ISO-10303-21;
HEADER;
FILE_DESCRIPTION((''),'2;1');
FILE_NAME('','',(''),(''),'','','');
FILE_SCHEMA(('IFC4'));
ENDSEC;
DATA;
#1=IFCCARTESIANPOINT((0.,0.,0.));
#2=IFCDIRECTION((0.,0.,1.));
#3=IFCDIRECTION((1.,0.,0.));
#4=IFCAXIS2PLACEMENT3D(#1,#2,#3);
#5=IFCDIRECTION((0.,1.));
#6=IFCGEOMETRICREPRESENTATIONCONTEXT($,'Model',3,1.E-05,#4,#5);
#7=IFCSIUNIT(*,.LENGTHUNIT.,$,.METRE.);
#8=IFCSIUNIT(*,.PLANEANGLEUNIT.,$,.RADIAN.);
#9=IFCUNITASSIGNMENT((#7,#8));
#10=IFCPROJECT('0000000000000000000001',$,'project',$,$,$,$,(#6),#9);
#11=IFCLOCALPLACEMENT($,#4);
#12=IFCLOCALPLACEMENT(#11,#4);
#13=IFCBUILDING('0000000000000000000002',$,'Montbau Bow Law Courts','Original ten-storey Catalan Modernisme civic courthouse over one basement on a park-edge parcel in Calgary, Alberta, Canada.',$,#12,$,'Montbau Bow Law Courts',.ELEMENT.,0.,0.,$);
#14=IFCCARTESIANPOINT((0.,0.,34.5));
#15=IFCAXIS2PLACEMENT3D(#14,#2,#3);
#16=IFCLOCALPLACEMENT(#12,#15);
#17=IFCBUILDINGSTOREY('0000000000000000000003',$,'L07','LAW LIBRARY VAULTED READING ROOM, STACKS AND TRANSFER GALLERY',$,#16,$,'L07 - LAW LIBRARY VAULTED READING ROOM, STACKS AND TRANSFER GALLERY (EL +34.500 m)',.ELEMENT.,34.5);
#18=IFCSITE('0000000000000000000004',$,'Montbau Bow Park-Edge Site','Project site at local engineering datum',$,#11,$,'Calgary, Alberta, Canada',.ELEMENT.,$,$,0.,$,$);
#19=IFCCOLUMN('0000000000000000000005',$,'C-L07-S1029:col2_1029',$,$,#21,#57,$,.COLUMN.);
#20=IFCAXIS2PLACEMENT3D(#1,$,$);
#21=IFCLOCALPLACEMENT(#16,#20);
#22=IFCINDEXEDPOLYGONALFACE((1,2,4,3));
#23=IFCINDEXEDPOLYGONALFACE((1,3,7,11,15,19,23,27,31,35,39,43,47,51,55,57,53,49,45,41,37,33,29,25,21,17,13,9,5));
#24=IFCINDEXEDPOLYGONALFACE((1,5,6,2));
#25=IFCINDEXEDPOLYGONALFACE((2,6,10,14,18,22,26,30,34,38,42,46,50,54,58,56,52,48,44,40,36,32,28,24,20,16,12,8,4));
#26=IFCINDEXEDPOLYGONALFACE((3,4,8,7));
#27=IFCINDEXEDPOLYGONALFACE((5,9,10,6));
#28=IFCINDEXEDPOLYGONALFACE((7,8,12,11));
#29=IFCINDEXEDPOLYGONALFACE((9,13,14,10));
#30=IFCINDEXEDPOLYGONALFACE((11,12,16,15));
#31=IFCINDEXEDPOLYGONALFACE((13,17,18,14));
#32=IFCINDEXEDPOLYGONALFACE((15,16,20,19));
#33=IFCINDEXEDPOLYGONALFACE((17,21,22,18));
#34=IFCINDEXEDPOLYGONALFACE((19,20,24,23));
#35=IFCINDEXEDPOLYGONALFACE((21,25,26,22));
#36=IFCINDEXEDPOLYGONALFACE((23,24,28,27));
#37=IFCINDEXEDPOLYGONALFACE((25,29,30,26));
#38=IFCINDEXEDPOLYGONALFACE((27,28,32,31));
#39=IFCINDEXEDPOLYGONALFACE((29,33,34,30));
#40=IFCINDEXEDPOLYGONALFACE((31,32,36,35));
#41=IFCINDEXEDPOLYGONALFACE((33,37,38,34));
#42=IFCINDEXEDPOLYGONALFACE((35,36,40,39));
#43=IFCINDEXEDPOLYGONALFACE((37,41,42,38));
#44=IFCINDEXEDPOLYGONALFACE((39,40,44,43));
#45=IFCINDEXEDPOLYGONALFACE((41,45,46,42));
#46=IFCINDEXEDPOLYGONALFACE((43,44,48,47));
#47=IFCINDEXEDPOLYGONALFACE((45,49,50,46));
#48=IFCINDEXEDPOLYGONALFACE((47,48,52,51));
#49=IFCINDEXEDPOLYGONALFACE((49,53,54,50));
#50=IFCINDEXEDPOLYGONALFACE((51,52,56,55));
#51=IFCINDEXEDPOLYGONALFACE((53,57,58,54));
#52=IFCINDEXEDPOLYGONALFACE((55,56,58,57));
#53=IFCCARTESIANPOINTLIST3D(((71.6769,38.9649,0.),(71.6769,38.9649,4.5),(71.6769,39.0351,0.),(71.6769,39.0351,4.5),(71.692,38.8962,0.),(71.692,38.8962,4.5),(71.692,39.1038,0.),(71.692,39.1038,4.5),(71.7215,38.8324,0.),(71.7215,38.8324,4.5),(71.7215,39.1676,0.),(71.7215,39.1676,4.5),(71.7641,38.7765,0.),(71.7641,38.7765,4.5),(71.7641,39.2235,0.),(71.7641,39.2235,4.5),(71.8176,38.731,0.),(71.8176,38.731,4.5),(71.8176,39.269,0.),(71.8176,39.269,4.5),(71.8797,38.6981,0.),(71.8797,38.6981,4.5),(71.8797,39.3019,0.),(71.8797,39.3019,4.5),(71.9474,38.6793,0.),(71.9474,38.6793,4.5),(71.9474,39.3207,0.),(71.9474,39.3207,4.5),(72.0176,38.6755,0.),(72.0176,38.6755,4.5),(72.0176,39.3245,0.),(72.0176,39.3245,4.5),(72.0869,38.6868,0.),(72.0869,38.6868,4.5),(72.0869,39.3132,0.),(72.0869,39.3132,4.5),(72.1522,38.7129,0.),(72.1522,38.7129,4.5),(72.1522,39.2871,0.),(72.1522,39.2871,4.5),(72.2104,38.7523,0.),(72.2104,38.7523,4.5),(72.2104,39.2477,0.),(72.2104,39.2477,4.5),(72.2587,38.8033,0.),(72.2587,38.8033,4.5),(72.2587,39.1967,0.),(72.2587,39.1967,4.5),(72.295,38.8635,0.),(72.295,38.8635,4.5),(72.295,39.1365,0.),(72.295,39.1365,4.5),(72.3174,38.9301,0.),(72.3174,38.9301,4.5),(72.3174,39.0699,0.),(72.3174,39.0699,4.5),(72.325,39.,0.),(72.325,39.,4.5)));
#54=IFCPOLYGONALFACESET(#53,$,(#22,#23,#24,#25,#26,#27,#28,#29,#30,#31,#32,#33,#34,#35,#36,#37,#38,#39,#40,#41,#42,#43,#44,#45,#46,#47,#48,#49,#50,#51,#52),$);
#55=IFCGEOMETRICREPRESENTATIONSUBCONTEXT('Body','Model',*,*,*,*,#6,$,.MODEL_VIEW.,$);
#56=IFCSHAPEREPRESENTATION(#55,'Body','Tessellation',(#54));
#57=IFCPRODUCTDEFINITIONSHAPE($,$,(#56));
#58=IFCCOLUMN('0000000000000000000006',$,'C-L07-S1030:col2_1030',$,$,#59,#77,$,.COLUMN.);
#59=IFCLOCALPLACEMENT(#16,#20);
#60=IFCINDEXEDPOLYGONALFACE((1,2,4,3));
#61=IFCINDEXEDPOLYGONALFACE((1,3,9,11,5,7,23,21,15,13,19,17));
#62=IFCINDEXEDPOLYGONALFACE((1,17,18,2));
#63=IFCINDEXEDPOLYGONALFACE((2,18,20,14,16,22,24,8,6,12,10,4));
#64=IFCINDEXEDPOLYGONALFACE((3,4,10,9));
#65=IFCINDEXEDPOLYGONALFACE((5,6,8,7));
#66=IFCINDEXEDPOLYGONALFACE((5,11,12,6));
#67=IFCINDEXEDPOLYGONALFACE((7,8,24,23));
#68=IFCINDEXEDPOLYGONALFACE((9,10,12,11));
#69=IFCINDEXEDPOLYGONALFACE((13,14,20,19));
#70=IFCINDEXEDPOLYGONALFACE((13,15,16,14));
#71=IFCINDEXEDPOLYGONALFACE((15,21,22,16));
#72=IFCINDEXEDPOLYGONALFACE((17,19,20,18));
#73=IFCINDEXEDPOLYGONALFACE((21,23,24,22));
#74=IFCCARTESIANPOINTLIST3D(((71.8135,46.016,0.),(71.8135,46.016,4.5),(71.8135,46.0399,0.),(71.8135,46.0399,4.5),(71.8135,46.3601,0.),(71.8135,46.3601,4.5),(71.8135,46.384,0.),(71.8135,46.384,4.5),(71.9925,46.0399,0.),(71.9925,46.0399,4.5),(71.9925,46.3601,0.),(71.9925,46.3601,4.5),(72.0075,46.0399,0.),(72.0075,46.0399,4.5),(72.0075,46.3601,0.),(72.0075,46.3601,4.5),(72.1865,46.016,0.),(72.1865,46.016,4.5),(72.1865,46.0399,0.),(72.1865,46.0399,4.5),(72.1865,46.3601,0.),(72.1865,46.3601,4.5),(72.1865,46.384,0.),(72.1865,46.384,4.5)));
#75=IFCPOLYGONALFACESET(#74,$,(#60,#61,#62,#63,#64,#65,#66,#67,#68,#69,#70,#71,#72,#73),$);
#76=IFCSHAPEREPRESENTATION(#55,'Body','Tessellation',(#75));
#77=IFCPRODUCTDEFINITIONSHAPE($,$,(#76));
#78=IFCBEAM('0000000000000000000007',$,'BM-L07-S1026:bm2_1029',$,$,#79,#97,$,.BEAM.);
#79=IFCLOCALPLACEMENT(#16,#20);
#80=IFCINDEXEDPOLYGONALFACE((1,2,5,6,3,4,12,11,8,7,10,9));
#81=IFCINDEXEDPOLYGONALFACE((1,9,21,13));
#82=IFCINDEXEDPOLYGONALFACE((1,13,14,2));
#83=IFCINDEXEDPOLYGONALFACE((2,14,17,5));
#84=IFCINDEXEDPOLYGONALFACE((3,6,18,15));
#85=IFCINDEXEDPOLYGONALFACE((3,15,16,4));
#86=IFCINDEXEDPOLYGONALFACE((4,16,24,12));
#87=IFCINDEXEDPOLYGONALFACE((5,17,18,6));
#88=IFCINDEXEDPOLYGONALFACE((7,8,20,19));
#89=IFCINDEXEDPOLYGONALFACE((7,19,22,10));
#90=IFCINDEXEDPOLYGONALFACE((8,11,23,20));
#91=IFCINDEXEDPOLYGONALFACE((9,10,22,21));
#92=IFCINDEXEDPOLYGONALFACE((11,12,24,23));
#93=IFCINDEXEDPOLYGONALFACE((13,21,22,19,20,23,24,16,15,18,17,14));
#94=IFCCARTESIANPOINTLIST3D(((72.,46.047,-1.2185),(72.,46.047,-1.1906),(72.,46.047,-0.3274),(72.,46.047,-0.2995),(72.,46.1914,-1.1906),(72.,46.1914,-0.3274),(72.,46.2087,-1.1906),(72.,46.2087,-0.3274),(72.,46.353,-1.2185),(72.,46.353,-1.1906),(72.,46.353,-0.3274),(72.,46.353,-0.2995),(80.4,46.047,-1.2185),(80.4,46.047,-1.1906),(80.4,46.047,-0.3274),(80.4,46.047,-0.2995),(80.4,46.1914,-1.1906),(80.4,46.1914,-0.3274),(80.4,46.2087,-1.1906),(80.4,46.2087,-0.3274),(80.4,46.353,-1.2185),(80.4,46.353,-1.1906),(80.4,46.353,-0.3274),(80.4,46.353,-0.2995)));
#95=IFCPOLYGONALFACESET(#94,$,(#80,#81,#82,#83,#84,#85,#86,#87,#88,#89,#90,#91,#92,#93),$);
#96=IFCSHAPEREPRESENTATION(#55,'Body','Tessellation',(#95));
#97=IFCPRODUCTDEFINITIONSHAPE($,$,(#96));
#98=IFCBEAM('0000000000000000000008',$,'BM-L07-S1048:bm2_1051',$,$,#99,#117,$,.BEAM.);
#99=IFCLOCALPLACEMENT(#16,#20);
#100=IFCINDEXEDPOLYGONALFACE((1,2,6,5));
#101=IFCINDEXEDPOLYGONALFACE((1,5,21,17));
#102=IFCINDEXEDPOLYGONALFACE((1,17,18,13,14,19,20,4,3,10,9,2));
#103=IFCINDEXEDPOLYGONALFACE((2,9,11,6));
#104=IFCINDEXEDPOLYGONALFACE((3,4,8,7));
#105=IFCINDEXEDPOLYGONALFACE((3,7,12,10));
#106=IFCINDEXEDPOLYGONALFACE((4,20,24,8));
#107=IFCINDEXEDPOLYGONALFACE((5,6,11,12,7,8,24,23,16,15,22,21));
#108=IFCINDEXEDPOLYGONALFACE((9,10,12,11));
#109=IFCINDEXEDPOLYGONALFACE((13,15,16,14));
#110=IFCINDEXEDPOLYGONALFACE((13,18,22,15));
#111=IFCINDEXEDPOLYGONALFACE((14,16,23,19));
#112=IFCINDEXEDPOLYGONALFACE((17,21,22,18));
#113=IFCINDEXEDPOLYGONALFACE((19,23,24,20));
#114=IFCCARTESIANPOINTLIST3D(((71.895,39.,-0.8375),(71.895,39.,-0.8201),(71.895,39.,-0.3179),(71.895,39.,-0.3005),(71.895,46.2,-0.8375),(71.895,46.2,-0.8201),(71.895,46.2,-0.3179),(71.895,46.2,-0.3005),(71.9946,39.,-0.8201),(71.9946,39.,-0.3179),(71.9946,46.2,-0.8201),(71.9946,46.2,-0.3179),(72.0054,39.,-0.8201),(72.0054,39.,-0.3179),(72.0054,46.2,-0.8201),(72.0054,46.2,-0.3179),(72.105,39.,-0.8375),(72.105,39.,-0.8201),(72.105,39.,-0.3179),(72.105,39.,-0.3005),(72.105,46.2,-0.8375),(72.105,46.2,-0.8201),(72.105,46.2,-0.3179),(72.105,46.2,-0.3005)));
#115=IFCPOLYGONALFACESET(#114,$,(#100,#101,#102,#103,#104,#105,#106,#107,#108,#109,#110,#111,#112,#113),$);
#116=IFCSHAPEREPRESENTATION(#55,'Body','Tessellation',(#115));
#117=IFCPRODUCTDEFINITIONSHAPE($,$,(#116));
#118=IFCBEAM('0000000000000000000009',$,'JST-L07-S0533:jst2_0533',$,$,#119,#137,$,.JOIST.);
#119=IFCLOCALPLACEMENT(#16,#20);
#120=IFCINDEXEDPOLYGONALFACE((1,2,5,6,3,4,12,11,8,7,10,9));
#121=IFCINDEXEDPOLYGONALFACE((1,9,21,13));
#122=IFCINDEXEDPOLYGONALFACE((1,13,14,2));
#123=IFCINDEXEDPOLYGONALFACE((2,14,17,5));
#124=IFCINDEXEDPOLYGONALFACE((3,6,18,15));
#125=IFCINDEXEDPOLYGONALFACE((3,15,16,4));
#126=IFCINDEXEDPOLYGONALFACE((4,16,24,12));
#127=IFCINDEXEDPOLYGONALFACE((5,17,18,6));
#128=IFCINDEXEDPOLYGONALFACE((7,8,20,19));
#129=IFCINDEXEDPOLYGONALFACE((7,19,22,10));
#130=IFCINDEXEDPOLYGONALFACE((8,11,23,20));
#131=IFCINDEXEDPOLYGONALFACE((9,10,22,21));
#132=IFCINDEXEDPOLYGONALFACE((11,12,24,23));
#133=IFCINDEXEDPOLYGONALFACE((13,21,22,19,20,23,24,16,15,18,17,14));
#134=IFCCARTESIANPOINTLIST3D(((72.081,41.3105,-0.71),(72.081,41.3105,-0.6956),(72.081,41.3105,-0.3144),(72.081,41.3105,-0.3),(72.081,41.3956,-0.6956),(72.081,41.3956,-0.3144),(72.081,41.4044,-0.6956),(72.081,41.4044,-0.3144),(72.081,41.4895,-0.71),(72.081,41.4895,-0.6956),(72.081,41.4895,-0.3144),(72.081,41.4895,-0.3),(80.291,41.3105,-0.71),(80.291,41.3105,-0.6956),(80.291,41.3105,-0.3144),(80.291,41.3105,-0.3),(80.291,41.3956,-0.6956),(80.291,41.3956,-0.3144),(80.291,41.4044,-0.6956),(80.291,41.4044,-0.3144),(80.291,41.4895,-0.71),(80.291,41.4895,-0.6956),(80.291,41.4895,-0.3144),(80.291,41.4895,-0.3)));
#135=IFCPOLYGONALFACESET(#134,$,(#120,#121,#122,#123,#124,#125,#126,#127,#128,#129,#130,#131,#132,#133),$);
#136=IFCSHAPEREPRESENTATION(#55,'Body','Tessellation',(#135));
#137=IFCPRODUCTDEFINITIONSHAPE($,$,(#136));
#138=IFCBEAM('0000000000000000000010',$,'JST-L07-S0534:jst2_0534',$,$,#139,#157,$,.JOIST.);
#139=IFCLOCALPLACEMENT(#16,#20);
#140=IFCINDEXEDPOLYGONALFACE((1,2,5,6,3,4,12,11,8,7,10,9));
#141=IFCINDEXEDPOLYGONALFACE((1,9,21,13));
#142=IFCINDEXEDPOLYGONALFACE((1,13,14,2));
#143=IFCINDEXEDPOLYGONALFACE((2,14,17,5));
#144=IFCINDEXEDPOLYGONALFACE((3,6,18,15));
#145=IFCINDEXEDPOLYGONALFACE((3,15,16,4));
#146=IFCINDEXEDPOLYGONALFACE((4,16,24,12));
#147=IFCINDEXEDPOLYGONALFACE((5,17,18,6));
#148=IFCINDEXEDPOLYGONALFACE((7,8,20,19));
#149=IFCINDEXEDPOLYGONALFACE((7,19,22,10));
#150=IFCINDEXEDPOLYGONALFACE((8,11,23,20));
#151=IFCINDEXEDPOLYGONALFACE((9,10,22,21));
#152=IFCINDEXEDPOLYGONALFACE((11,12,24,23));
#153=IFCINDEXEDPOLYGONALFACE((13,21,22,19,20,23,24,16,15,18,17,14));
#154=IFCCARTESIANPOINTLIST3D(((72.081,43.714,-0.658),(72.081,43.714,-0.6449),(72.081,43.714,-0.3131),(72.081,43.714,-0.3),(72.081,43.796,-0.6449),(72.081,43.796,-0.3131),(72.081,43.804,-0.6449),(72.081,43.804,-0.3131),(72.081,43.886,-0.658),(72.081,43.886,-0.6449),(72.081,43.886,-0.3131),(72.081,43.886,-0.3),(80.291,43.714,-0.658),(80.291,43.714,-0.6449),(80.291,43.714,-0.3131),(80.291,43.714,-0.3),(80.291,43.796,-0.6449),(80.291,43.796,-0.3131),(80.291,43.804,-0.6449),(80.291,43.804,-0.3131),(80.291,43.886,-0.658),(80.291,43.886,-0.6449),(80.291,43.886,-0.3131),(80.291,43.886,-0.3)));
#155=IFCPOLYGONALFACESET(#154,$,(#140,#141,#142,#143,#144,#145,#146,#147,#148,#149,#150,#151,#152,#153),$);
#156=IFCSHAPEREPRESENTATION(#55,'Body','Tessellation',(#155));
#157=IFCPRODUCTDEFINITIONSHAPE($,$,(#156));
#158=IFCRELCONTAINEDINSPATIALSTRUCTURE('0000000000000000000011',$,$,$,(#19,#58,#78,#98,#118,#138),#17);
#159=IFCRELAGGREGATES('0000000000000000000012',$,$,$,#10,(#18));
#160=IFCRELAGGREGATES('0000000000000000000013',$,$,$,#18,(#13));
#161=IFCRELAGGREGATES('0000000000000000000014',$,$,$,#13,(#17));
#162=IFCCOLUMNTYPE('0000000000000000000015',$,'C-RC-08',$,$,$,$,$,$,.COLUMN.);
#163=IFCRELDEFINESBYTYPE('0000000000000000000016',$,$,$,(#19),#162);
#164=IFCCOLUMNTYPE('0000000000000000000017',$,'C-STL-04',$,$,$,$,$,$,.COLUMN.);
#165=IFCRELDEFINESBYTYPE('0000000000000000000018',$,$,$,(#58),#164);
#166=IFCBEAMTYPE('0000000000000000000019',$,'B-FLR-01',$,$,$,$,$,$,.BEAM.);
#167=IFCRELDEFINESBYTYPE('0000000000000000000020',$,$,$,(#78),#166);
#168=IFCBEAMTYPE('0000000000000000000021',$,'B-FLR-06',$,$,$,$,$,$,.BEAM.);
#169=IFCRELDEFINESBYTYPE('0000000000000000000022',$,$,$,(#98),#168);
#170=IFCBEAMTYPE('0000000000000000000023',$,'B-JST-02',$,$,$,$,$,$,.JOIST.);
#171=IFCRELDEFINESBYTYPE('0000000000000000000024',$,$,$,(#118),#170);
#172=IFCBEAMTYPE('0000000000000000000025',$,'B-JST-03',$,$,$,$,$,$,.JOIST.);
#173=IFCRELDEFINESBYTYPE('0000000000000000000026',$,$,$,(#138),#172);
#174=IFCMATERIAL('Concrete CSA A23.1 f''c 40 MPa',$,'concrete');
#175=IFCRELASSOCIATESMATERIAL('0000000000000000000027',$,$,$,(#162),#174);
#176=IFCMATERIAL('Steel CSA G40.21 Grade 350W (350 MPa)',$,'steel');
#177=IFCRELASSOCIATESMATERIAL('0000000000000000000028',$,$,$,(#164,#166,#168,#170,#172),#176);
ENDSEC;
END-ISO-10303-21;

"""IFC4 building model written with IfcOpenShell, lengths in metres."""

from ifc_helpers import new_model, si_unit, direction, frame, origin_with_axes, origin_2d_with_axis, place, context, subcontext, project, spatial, circle, i_section, extrude, material, material_profile, profile_set, type_object, element, save


model = new_model("IFC4")

# Units and contexts
model_context = context("Model", 3, precision=1e-05, world=origin_with_axes(), true_north=direction((0.0, 1.0)))
body_context = subcontext(model_context, "Body", "Model", "MODEL_VIEW")
ifc_project = project(units=[si_unit("LENGTHUNIT", "METRE"), si_unit("PLANEANGLEUNIT", "RADIAN")], contexts=[model_context])

# Site, building, storey
site_placement = place(None, origin_with_axes())
site = spatial("IfcSite", under=ifc_project, at=site_placement, Name="Montbau Bow Park-Edge Site", Description="Project site at local engineering datum", LongName="Calgary, Alberta, Canada", CompositionType="ELEMENT", RefElevation=0.0)
building_placement = place(site_placement, origin_with_axes())
building = spatial("IfcBuilding", under=site, at=building_placement, Name="Montbau Bow Law Courts", Description="Original ten-storey Catalan Modernisme civic courthouse over one basement on a park-edge parcel in Calgary, Alberta, Canada.", LongName="Montbau Bow Law Courts", CompositionType="ELEMENT", ElevationOfRefHeight=0.0, ElevationOfTerrain=0.0)
storey_placement = place(building_placement, frame((0.0, 0.0, 34.5), z_axis=(0.0, 0.0, 1.0), x_axis=(1.0, 0.0, 0.0)))
storey = spatial("IfcBuildingStorey", under=building, at=storey_placement, Name="L07", Description="LAW LIBRARY VAULTED READING ROOM, STACKS AND TRANSFER GALLERY", LongName="L07 - LAW LIBRARY VAULTED READING ROOM, STACKS AND TRANSFER GALLERY (EL +34.500 m)", CompositionType="ELEMENT", Elevation=34.5)

# Columns
ifc_material_1 = material(Name="Concrete CSA A23.1 f'c 40 MPa", Category="concrete")
ifc_material_profile_1 = material_profile(ifc_material_1, circle(Radius=0.325, at=origin_2d_with_axis()), Name="RC650D", Category="Main", Priority=0)
ifc_profile_set_1 = profile_set([ifc_material_profile_1], Name="Concrete CSA A23.1 f'c 40 MPa")
column_type_1 = type_object("IfcColumnType", Name="C-RC-08", PredefinedType="COLUMN", material=ifc_profile_set_1)
column_1_placement = place(None, frame((72.0, 39.0, 34.5), z_axis=(0.0, 0.0, 1.0), x_axis=(1.0, 0.0, 0.0)))
element("IfcColumn", 1, at=column_1_placement, inside=storey, type_object=column_type_1, Name="C-L07-S1029:col2_1029", PredefinedType="COLUMN", context=body_context, shape_type="SweptSolid", body=[
    extrude(circle(Radius=0.325, at=origin_2d_with_axis()), origin_with_axes(), (0.0, 0.0, 1.0), 4.5),
])
ifc_material_2 = material(Name="Steel CSA G40.21 Grade 350W (350 MPa)", Category="steel")
ifc_material_profile_2 = material_profile(ifc_material_2, i_section(OverallWidth=0.373, OverallDepth=0.368, WebThickness=0.015, FlangeThickness=0.0239, at=origin_2d_with_axis()), Name="W360X179", Category="Main", Priority=0)
ifc_profile_set_2 = profile_set([ifc_material_profile_2], Name="Steel CSA G40.21 Grade 350W (350 MPa)")
column_type_2 = type_object("IfcColumnType", Name="C-STL-04", PredefinedType="COLUMN", material=ifc_profile_set_2)
column_2_placement = place(None, frame((72.0, 46.2, 34.5), z_axis=(0.0, 0.0, 1.0), x_axis=(1.0, 0.0, 0.0)))
element("IfcColumn", 2, at=column_2_placement, inside=storey, type_object=column_type_2, Name="C-L07-S1030:col2_1030", PredefinedType="COLUMN", context=body_context, shape_type="SweptSolid", body=[
    extrude(i_section(OverallWidth=0.373, OverallDepth=0.368, WebThickness=0.015, FlangeThickness=0.0239, at=origin_2d_with_axis()), origin_with_axes(), (0.0, 0.0, 1.0), 4.5),
])

# Beams
ifc_material_profile_3 = material_profile(ifc_material_2, i_section(OverallWidth=0.306, OverallDepth=0.919, WebThickness=0.0173, FlangeThickness=0.0279, at=origin_2d_with_axis()), Name="W920X253", Category="Main", Priority=0)
ifc_profile_set_3 = profile_set([ifc_material_profile_3], Name="Steel CSA G40.21 Grade 350W (350 MPa)")
beam_type_1 = type_object("IfcBeamType", Name="B-FLR-01", PredefinedType="BEAM", material=ifc_profile_set_3)
beam_1_placement = place(None, frame((72.0, 46.2, 33.741), z_axis=(1.0, 0.0, 0.0), x_axis=(0.0, 1.0, 0.0)))
element("IfcBeam", 3, at=beam_1_placement, inside=storey, type_object=beam_type_1, Name="BM-L07-S1026:bm2_1029", PredefinedType="BEAM", context=body_context, shape_type="SweptSolid", body=[
    extrude(i_section(OverallWidth=0.306, OverallDepth=0.919, WebThickness=0.0173, FlangeThickness=0.0279, at=origin_2d_with_axis()), origin_with_axes(), (0.0, 0.0, 1.0), 8.4),
])
ifc_material_profile_4 = material_profile(ifc_material_2, i_section(OverallWidth=0.21, OverallDepth=0.537, WebThickness=0.0109, FlangeThickness=0.0174, at=origin_2d_with_axis()), Name="W530X101", Category="Main", Priority=0)
ifc_profile_set_4 = profile_set([ifc_material_profile_4], Name="Steel CSA G40.21 Grade 350W (350 MPa)")
beam_type_2 = type_object("IfcBeamType", Name="B-FLR-06", PredefinedType="BEAM", material=ifc_profile_set_4)
beam_2_placement = place(None, frame((72.0, 39.0, 33.931), z_axis=(0.0, 1.0, 0.0), x_axis=(-1.0, 0.0, 0.0)))
element("IfcBeam", 4, at=beam_2_placement, inside=storey, type_object=beam_type_2, Name="BM-L07-S1048:bm2_1051", PredefinedType="BEAM", context=body_context, shape_type="SweptSolid", body=[
    extrude(i_section(OverallWidth=0.21, OverallDepth=0.537, WebThickness=0.0109, FlangeThickness=0.0174, at=origin_2d_with_axis()), origin_with_axes(), (0.0, 0.0, 1.0), 7.2),
])
ifc_material_profile_5 = material_profile(ifc_material_2, i_section(OverallWidth=0.179, OverallDepth=0.41, WebThickness=0.0088, FlangeThickness=0.0144, at=origin_2d_with_axis()), Name="W410X67", Category="Main", Priority=0)
ifc_profile_set_5 = profile_set([ifc_material_profile_5], Name="Steel CSA G40.21 Grade 350W (350 MPa)")
beam_type_3 = type_object("IfcBeamType", Name="B-JST-02", PredefinedType="JOIST", material=ifc_profile_set_5)
beam_3_placement = place(None, frame((72.081, 41.4, 33.995), z_axis=(1.0, 0.0, 0.0), x_axis=(0.0, 1.0, 0.0)))
element("IfcBeam", 5, at=beam_3_placement, inside=storey, type_object=beam_type_3, Name="JST-L07-S0533:jst2_0533", PredefinedType="JOIST", context=body_context, shape_type="SweptSolid", body=[
    extrude(i_section(OverallWidth=0.179, OverallDepth=0.41, WebThickness=0.0088, FlangeThickness=0.0144, at=origin_2d_with_axis()), origin_with_axes(), (0.0, 0.0, 1.0), 8.21),
])
ifc_material_profile_6 = material_profile(ifc_material_2, i_section(OverallWidth=0.172, OverallDepth=0.358, WebThickness=0.0079, FlangeThickness=0.0131, at=origin_2d_with_axis()), Name="W360X57", Category="Main", Priority=0)
ifc_profile_set_6 = profile_set([ifc_material_profile_6], Name="Steel CSA G40.21 Grade 350W (350 MPa)")
beam_type_4 = type_object("IfcBeamType", Name="B-JST-03", PredefinedType="JOIST", material=ifc_profile_set_6)
beam_4_placement = place(None, frame((72.081, 43.8, 34.021), z_axis=(1.0, 0.0, 0.0), x_axis=(0.0, 1.0, 0.0)))
element("IfcBeam", 6, at=beam_4_placement, inside=storey, type_object=beam_type_4, Name="JST-L07-S0534:jst2_0534", PredefinedType="JOIST", context=body_context, shape_type="SweptSolid", body=[
    extrude(i_section(OverallWidth=0.172, OverallDepth=0.358, WebThickness=0.0079, FlangeThickness=0.0131, at=origin_2d_with_axis()), origin_with_axes(), (0.0, 0.0, 1.0), 8.21),
])

save(model, "model.ifc")
